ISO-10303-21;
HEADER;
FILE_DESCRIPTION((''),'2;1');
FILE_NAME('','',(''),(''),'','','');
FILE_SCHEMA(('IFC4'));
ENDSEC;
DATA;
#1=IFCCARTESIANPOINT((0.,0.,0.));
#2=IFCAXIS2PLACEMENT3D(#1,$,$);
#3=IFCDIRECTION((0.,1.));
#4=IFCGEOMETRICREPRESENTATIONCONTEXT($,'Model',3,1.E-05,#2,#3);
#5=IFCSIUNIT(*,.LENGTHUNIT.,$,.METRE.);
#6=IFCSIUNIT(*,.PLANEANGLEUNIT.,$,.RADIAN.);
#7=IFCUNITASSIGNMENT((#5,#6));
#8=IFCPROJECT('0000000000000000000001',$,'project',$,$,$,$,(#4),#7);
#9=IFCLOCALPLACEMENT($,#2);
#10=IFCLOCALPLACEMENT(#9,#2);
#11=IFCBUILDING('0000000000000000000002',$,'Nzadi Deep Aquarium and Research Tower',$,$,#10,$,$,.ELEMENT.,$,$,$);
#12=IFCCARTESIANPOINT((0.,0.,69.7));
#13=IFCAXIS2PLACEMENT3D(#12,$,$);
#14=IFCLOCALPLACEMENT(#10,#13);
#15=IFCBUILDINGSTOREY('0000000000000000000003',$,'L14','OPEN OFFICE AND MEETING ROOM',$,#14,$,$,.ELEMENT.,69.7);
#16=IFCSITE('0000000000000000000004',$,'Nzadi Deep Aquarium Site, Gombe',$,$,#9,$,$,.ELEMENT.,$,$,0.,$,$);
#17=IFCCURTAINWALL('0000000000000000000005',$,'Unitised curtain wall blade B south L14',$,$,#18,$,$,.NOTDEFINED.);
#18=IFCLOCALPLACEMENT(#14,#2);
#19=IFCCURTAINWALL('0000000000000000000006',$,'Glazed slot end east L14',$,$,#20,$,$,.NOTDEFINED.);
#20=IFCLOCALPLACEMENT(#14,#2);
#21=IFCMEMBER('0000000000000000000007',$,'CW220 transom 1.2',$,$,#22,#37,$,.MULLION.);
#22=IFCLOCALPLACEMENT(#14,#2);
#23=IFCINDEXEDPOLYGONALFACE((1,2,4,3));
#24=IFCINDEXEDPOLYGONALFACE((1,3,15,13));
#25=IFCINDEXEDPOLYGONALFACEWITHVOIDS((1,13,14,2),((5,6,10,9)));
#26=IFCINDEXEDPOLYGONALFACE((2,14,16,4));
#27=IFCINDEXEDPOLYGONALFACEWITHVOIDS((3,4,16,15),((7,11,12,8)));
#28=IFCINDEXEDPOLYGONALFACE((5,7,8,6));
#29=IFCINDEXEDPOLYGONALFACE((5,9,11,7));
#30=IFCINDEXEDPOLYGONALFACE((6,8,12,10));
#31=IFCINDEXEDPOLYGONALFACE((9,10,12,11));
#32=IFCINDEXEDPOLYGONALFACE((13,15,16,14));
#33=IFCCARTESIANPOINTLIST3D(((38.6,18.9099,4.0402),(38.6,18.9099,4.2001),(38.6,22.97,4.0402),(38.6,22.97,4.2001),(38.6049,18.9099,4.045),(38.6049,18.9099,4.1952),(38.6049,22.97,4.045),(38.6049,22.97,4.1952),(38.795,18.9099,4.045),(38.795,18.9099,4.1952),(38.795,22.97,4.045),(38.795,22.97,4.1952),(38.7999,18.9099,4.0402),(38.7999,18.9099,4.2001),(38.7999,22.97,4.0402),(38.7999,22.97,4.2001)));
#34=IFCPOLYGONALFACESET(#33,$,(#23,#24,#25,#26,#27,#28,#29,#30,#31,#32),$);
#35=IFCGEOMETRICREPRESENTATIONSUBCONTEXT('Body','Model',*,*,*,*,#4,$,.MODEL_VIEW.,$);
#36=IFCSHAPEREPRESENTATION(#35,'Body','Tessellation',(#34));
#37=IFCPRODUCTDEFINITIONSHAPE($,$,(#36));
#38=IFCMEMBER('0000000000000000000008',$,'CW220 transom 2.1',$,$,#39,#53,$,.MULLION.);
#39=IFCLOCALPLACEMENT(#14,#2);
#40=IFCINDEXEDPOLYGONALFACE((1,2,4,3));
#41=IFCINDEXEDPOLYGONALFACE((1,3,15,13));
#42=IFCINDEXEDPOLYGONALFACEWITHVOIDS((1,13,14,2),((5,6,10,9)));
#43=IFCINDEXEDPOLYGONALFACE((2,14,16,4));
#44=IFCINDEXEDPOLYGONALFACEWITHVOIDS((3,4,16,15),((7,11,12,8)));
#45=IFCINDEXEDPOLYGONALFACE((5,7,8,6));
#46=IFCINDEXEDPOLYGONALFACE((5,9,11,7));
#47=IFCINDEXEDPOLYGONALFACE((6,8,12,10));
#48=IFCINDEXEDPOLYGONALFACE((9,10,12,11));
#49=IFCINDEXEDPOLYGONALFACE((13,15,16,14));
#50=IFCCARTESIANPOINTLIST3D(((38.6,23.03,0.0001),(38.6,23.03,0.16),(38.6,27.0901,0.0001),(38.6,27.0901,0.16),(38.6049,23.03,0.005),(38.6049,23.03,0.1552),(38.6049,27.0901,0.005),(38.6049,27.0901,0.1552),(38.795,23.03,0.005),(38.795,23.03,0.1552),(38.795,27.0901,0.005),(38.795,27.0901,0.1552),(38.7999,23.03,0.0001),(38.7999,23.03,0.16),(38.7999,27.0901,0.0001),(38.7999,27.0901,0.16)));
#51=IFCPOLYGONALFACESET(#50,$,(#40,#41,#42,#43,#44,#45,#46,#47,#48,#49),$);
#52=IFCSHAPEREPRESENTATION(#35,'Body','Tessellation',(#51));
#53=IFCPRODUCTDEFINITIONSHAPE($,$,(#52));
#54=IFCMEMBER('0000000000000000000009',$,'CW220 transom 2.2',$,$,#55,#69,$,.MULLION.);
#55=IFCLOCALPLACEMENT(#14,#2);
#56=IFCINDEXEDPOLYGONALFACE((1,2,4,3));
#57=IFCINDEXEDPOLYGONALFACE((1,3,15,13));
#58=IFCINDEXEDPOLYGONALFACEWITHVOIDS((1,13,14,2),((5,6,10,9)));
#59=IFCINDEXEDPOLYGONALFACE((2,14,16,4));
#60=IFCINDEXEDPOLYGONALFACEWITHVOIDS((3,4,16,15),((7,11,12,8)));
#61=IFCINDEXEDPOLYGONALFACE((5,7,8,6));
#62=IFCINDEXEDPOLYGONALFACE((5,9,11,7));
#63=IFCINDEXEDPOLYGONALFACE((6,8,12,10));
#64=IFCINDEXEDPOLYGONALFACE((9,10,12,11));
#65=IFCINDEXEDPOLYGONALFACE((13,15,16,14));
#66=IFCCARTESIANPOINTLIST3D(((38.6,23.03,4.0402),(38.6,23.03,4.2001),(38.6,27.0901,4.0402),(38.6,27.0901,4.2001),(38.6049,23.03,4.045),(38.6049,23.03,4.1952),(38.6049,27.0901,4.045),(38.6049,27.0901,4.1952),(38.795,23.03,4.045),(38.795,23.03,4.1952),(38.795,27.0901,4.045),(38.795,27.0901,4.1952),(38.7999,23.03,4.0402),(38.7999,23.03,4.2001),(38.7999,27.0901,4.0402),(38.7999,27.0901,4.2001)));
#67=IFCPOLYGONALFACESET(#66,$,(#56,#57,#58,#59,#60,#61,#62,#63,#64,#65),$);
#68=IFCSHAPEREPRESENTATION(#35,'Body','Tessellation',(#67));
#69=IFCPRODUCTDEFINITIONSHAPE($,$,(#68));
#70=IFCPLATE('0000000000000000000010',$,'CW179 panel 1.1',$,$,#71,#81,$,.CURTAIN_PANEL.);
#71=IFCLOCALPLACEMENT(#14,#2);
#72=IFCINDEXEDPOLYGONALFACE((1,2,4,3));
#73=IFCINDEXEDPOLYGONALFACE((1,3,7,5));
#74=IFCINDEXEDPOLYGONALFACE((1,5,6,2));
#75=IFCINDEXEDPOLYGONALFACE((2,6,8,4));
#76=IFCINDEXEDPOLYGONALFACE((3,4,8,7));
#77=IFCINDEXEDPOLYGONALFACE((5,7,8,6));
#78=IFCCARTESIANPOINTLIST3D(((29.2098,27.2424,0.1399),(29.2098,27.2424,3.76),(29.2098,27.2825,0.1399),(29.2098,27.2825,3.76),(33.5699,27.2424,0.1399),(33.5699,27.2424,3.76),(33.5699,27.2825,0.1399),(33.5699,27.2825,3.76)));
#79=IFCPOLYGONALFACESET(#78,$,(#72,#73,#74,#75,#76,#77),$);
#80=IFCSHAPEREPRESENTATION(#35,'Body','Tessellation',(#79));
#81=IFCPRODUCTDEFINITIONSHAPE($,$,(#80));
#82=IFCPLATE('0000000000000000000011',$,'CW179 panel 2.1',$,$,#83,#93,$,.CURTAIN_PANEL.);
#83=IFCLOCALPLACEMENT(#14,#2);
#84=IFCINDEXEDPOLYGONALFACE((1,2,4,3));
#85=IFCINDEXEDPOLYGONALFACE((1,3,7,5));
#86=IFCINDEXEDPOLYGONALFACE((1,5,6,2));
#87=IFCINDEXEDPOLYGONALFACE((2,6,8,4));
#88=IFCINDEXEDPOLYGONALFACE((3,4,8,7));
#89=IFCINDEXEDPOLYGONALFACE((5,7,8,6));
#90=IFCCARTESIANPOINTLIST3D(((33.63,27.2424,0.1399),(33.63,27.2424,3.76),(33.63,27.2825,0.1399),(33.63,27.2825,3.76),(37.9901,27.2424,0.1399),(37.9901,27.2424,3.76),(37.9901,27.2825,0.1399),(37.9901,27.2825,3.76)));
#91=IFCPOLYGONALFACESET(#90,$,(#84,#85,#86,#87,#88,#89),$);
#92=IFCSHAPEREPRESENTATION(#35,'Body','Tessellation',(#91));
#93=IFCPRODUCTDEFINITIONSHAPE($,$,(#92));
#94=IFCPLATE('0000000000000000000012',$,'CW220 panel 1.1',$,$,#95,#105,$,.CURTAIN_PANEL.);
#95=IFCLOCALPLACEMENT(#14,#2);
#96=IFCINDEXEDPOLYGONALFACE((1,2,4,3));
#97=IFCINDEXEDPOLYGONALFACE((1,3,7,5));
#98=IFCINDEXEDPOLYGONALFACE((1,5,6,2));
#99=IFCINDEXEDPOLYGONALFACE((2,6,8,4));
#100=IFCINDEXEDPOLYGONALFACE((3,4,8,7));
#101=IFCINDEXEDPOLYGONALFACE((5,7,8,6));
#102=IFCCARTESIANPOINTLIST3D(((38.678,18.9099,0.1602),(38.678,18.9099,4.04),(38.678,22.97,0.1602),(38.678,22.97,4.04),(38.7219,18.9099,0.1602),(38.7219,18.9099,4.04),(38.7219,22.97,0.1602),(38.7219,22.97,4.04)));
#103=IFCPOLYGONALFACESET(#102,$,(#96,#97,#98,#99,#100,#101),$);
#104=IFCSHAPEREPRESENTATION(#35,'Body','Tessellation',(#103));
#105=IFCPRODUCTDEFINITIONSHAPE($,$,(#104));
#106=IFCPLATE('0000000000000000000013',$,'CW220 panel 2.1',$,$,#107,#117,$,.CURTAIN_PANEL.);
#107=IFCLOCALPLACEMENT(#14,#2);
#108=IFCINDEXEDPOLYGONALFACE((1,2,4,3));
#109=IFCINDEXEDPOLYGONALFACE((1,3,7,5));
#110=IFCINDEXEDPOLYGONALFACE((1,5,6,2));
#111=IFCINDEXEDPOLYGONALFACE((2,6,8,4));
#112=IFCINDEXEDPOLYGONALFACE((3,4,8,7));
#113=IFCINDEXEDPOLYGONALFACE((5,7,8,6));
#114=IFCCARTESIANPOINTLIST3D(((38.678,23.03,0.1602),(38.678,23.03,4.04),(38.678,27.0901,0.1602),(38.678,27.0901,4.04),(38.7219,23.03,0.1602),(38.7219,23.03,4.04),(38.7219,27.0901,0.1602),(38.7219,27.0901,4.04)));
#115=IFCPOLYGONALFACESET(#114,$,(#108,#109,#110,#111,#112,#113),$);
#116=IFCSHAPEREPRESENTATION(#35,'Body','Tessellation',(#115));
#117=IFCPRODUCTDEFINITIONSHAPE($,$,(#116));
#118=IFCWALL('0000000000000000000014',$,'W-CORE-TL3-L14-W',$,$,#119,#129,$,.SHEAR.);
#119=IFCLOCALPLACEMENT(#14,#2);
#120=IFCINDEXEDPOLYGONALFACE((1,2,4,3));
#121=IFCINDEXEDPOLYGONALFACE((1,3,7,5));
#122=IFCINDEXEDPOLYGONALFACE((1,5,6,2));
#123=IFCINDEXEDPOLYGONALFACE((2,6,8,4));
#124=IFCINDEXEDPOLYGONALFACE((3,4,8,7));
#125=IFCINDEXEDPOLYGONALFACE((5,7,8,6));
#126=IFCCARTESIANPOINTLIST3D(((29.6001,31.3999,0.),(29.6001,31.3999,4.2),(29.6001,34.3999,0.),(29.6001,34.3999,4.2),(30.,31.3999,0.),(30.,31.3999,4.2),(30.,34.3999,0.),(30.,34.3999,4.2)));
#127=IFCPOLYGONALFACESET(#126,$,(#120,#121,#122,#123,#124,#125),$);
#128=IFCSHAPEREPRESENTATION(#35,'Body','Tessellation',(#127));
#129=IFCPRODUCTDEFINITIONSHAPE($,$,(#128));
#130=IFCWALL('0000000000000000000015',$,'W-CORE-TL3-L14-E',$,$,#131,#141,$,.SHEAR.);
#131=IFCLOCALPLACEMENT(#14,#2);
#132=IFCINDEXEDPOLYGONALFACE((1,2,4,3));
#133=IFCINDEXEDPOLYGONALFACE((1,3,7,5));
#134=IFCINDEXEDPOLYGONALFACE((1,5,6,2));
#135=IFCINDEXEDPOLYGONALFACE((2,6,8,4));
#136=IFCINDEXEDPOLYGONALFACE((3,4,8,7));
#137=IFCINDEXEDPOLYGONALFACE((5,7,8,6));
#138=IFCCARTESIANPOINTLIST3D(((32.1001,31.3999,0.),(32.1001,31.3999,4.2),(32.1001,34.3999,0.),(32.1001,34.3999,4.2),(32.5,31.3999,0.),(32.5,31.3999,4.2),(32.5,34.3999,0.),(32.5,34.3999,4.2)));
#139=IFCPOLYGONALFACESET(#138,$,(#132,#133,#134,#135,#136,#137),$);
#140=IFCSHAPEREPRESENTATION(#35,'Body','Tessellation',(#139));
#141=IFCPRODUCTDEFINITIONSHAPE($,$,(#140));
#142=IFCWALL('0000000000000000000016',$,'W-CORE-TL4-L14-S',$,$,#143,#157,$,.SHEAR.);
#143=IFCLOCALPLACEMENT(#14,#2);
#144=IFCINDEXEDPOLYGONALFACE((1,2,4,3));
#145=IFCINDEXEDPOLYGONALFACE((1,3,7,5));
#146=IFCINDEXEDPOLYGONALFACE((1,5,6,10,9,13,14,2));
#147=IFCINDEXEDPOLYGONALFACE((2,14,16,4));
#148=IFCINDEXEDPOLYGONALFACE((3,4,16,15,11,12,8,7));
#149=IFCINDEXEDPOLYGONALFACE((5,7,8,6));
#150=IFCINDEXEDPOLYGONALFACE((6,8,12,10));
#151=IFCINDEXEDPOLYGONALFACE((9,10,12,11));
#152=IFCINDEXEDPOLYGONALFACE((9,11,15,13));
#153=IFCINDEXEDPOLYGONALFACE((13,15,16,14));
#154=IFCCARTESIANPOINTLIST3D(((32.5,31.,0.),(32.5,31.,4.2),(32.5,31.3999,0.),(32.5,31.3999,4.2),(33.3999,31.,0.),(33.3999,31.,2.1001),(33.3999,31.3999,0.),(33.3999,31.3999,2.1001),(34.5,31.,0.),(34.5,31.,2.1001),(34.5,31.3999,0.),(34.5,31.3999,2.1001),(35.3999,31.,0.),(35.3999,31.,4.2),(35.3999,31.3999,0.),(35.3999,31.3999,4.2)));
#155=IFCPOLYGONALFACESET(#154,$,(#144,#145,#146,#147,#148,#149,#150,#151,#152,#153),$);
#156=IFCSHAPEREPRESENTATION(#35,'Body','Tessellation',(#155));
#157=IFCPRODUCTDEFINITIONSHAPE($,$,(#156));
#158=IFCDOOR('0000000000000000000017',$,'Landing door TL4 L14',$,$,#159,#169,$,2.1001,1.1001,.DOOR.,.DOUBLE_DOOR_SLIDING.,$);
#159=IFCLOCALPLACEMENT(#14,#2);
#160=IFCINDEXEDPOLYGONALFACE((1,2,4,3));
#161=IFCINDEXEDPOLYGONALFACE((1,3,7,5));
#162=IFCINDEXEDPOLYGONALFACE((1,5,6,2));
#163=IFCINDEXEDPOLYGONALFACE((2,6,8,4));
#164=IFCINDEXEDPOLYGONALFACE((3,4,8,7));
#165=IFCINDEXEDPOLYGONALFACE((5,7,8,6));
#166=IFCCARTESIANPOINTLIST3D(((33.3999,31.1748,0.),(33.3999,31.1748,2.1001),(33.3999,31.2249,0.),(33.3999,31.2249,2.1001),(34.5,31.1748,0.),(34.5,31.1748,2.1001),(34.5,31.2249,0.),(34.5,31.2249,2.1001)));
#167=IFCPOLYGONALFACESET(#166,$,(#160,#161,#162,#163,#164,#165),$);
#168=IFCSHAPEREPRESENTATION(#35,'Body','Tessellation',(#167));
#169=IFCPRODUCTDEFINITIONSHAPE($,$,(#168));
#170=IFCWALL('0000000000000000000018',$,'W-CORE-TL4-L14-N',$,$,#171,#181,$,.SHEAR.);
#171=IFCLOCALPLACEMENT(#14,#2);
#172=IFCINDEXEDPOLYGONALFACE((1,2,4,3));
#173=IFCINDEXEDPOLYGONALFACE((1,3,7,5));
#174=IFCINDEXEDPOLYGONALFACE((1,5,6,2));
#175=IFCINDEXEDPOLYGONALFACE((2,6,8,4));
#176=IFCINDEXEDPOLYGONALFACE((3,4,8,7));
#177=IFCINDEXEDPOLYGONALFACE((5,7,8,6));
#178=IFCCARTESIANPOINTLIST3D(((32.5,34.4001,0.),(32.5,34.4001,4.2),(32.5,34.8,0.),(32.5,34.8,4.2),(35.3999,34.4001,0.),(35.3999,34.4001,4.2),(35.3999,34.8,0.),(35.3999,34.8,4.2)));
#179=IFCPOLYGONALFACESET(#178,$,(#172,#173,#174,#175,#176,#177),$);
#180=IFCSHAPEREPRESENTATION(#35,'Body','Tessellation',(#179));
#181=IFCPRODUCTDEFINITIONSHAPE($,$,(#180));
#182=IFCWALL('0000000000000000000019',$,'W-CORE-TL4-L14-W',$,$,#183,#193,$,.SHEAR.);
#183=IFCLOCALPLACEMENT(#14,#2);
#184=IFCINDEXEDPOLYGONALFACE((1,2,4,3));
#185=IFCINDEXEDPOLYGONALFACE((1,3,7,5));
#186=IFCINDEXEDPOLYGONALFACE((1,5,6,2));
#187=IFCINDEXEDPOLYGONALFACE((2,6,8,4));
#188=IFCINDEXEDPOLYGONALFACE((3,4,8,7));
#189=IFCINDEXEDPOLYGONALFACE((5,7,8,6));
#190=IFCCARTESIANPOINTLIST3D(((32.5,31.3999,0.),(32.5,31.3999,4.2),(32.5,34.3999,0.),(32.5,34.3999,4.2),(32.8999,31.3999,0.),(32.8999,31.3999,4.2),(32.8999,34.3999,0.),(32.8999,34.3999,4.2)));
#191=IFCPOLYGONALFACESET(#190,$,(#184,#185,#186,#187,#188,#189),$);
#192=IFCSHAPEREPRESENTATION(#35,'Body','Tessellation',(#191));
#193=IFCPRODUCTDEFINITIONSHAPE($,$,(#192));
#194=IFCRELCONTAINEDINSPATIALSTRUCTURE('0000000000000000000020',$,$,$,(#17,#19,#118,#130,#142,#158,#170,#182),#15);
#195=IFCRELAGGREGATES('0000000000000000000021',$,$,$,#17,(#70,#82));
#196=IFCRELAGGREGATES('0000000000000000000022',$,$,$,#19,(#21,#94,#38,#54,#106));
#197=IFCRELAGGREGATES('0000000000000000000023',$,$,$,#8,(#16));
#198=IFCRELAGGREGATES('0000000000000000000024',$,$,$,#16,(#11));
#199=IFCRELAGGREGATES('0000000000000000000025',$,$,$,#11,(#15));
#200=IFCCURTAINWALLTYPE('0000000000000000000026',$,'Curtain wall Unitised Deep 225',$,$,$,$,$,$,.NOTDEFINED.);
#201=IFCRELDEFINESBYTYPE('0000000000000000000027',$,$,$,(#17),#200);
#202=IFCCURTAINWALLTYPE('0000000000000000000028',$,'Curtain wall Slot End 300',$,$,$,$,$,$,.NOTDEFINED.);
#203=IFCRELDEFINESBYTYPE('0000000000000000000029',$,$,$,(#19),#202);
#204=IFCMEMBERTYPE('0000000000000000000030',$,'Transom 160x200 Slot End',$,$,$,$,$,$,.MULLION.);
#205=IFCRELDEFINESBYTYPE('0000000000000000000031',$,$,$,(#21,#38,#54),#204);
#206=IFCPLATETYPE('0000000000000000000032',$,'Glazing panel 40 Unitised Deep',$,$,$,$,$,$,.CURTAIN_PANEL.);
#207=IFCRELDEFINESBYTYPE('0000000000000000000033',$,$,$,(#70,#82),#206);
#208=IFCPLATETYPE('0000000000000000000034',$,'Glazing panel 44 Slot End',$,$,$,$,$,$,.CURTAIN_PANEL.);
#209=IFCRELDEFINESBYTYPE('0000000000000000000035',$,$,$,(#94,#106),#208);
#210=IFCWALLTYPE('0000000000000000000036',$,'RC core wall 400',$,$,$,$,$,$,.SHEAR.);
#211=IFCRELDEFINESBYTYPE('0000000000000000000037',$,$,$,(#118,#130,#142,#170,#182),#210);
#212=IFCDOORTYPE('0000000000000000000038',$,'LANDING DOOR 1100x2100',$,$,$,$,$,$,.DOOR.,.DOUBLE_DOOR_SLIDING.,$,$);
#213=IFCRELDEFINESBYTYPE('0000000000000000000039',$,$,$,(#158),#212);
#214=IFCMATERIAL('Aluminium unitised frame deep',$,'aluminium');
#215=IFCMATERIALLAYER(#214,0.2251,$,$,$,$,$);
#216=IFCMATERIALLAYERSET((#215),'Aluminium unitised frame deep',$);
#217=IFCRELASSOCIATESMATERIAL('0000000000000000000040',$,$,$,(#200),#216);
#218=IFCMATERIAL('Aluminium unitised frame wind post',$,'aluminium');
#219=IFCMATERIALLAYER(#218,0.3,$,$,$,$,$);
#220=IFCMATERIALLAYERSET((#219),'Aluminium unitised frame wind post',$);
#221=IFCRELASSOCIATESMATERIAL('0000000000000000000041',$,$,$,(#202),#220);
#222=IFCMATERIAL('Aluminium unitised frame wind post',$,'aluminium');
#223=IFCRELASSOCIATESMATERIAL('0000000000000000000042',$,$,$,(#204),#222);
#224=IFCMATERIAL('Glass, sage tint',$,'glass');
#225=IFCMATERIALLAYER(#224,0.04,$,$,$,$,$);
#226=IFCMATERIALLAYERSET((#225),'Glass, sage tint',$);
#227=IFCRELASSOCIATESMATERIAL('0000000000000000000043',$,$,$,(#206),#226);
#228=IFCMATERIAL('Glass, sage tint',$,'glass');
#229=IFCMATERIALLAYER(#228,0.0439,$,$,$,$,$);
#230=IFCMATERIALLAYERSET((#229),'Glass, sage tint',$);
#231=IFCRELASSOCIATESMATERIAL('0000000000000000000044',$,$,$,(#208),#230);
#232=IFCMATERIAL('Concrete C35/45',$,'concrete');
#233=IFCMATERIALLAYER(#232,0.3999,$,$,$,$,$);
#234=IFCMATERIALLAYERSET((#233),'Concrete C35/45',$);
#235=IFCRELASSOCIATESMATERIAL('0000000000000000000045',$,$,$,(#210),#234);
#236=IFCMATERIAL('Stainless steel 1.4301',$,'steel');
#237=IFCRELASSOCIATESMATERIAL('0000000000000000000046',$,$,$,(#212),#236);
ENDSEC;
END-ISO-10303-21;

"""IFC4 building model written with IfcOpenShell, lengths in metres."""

from ifc_helpers import new_model, si_unit, direction, frame, frame_2d, origin, origin_2d, place, context, subcontext, project, spatial, rectangle, hollow_rectangle, extrude, material, layer, layer_set, material_profile, profile_set, type_object, element, fill, aggregate, save


model = new_model("IFC4")

# Units and contexts
model_context = context("Model", 3, precision=1e-05, world=origin(), true_north=direction((0.0, 1.0)))
body_context = subcontext(model_context, "Body", "Model", "MODEL_VIEW")
ifc_project = project(units=[si_unit("LENGTHUNIT", "METRE"), si_unit("PLANEANGLEUNIT", "RADIAN")], contexts=[model_context])

# Site, building, storey
site_placement = place(None, origin())
site = spatial("IfcSite", under=ifc_project, at=site_placement, Name="Nzadi Deep Aquarium Site, Gombe", CompositionType="ELEMENT", RefElevation=0.0)
building_placement = place(site_placement, origin())
building = spatial("IfcBuilding", under=site, at=building_placement, Name="Nzadi Deep Aquarium and Research Tower", CompositionType="ELEMENT")
storey_placement = place(building_placement, frame((0.0, 0.0, 69.7)))
storey = spatial("IfcBuildingStorey", under=building, at=storey_placement, Name="L14", Description="OPEN OFFICE AND MEETING ROOM", CompositionType="ELEMENT", Elevation=69.7)

# Curtain walls
ifc_material_1 = material(Name="Aluminium unitised frame deep", Category="aluminium")
ifc_layer_1 = layer(ifc_material_1, 0.2251)
ifc_layer_set_1 = layer_set([ifc_layer_1], Name="Aluminium unitised frame deep")
curtain_wall_type_1 = type_object("IfcCurtainWallType", Name="Curtain wall Unitised Deep 225", PredefinedType="NOTDEFINED", material=ifc_layer_set_1)
curtain_wall_1_placement = place(storey_placement, origin())
curtain_wall_1 = element("IfcCurtainWall", 1, at=curtain_wall_1_placement, inside=storey, type_object=curtain_wall_type_1, Name="Unitised curtain wall blade B south L14", PredefinedType="NOTDEFINED")
ifc_material_2 = material(Name="Aluminium unitised frame wind post", Category="aluminium")
ifc_layer_2 = layer(ifc_material_2, 0.3)
ifc_layer_set_2 = layer_set([ifc_layer_2], Name="Aluminium unitised frame wind post")
curtain_wall_type_2 = type_object("IfcCurtainWallType", Name="Curtain wall Slot End 300", PredefinedType="NOTDEFINED", material=ifc_layer_set_2)
curtain_wall_2_placement = place(storey_placement, origin())
curtain_wall_2 = element("IfcCurtainWall", 2, at=curtain_wall_2_placement, inside=storey, type_object=curtain_wall_type_2, Name="Glazed slot end east L14", PredefinedType="NOTDEFINED")

# Members
ifc_material_3 = material(Name="Aluminium unitised frame wind post", Category="aluminium")
ifc_material_profile_1 = material_profile(ifc_material_3, hollow_rectangle(XDim=0.2, YDim=0.1599, WallThickness=0.0049, at=origin_2d()))
ifc_profile_set_1 = profile_set([ifc_material_profile_1], Name="Aluminium unitised frame wind post")
member_type_1 = type_object("IfcMemberType", Name="Transom 160x200 Slot End", PredefinedType="MULLION", material=ifc_profile_set_1)
member_1_placement = place(storey_placement, frame((38.7, 18.9099, 4.1201), z_axis=(0.0, 1.0, 0.0), x_axis=(-1.0, 0.0, 0.0)))
member_1 = element("IfcMember", 3, at=member_1_placement, type_object=member_type_1, Name="CW220 transom 1.2", PredefinedType="MULLION", context=body_context, shape_type="SweptSolid", body=[
    extrude(hollow_rectangle(XDim=0.2, YDim=0.1599, WallThickness=0.0049, at=origin_2d()), origin(), (0.0, 0.0, 1.0), 4.0601),
])
member_2_placement = place(storey_placement, frame((38.7, 23.03, 0.0801), z_axis=(0.0, 1.0, 0.0), x_axis=(-1.0, 0.0, 0.0)))
member_2 = element("IfcMember", 4, at=member_2_placement, type_object=member_type_1, Name="CW220 transom 2.1", PredefinedType="MULLION", context=body_context, shape_type="SweptSolid", body=[
    extrude(hollow_rectangle(XDim=0.2, YDim=0.1599, WallThickness=0.0049, at=origin_2d()), origin(), (0.0, 0.0, 1.0), 4.0601),
])
member_3_placement = place(storey_placement, frame((38.7, 23.03, 4.1201), z_axis=(0.0, 1.0, 0.0), x_axis=(-1.0, 0.0, 0.0)))
member_3 = element("IfcMember", 5, at=member_3_placement, type_object=member_type_1, Name="CW220 transom 2.2", PredefinedType="MULLION", context=body_context, shape_type="SweptSolid", body=[
    extrude(hollow_rectangle(XDim=0.2, YDim=0.1599, WallThickness=0.0049, at=origin_2d()), origin(), (0.0, 0.0, 1.0), 4.0601),
])

# Plates
ifc_material_4 = material(Name="Glass, sage tint", Category="glass")
ifc_layer_3 = layer(ifc_material_4, 0.04)
ifc_layer_set_3 = layer_set([ifc_layer_3], Name="Glass, sage tint")
plate_type_1 = type_object("IfcPlateType", Name="Glazing panel 40 Unitised Deep", PredefinedType="CURTAIN_PANEL", material=ifc_layer_set_3)
plate_1_placement = place(storey_placement, frame((31.3899, 27.2625, 0.1399), z_axis=(0.0, 0.0, 1.0), x_axis=(1.0, 0.0, 0.0)))
plate_1 = element("IfcPlate", 6, at=plate_1_placement, type_object=plate_type_1, Name="CW179 panel 1.1", PredefinedType="CURTAIN_PANEL", context=body_context, shape_type="SweptSolid", body=[
    extrude(rectangle(XDim=4.3601, YDim=0.04, at=origin_2d()), origin(), (0.0, 0.0, 1.0), 3.6201),
])
plate_2_placement = place(storey_placement, frame((35.8101, 27.2625, 0.1399), z_axis=(0.0, 0.0, 1.0), x_axis=(1.0, 0.0, 0.0)))
plate_2 = element("IfcPlate", 7, at=plate_2_placement, type_object=plate_type_1, Name="CW179 panel 2.1", PredefinedType="CURTAIN_PANEL", context=body_context, shape_type="SweptSolid", body=[
    extrude(rectangle(XDim=4.3601, YDim=0.04, at=origin_2d()), origin(), (0.0, 0.0, 1.0), 3.6201),
])
aggregate(curtain_wall_1, [plate_1, plate_2])
ifc_material_5 = material(Name="Glass, sage tint", Category="glass")
ifc_layer_4 = layer(ifc_material_5, 0.0439)
ifc_layer_set_4 = layer_set([ifc_layer_4], Name="Glass, sage tint")
plate_type_2 = type_object("IfcPlateType", Name="Glazing panel 44 Slot End", PredefinedType="CURTAIN_PANEL", material=ifc_layer_set_4)
plate_3_placement = place(storey_placement, frame((38.7, 20.9399, 0.1602), z_axis=(0.0, 0.0, 1.0), x_axis=(0.0, 1.0, 0.0)))
plate_3 = element("IfcPlate", 8, at=plate_3_placement, type_object=plate_type_2, Name="CW220 panel 1.1", PredefinedType="CURTAIN_PANEL", context=body_context, shape_type="SweptSolid", body=[
    extrude(rectangle(XDim=4.0601, YDim=0.0439, at=origin_2d()), origin(), (0.0, 0.0, 1.0), 3.8799),
])
plate_4_placement = place(storey_placement, frame((38.7, 25.0601, 0.1602), z_axis=(0.0, 0.0, 1.0), x_axis=(0.0, 1.0, 0.0)))
plate_4 = element("IfcPlate", 9, at=plate_4_placement, type_object=plate_type_2, Name="CW220 panel 2.1", PredefinedType="CURTAIN_PANEL", context=body_context, shape_type="SweptSolid", body=[
    extrude(rectangle(XDim=4.0601, YDim=0.0439, at=origin_2d()), origin(), (0.0, 0.0, 1.0), 3.8799),
])
aggregate(curtain_wall_2, [member_1, plate_3, member_2, member_3, plate_4])

# Walls
ifc_material_6 = material(Name="Concrete C35/45", Category="concrete")
ifc_layer_5 = layer(ifc_material_6, 0.3999)
ifc_layer_set_5 = layer_set([ifc_layer_5], Name="Concrete C35/45")
wall_type_1 = type_object("IfcWallType", Name="RC core wall 400", PredefinedType="SHEAR", material=ifc_layer_set_5)
for number, where, z_axis, x_axis, name in (
    (10, (29.8, 31.3999, 0.0), (0.0, 0.0, 1.0), (0.0, 1.0, 0.0), "W-CORE-TL3-L14-W"),
    (11, (32.3, 31.3999, 0.0), (0.0, 0.0, 1.0), (0.0, 1.0, 0.0), "W-CORE-TL3-L14-E"),
):
    element("IfcWall", number, at=place(storey_placement, frame(where, z_axis=z_axis, x_axis=x_axis)), inside=storey, type_object=wall_type_1, Name=name, PredefinedType="SHEAR", context=body_context, shape_type="SweptSolid", body=[
        extrude(rectangle(XDim=3.0, YDim=0.3999, at=frame_2d((1.5, 0.0))), origin(), (0.0, 0.0, 1.0), 4.2),
    ])

# Wall, opening, door
wall_1_placement = place(storey_placement, frame((32.5, 31.2, 0.0), z_axis=(0.0, 0.0, 1.0), x_axis=(1.0, 0.0, 0.0)))
wall_1 = element("IfcWall", 12, at=wall_1_placement, inside=storey, type_object=wall_type_1, Name="W-CORE-TL4-L14-S", PredefinedType="SHEAR", context=body_context, shape_type="SweptSolid", body=[
    extrude(rectangle(XDim=2.8999, YDim=0.3999, at=frame_2d((1.45, 0.0))), origin(), (0.0, 0.0, 1.0), 4.2),
])
opening_1_placement = place(wall_1_placement, frame((0.8999, 0.0, 0.0)))
opening_1 = element("IfcOpeningElement", 13, at=opening_1_placement, cuts=wall_1, PredefinedType="OPENING", context=body_context, shape_type="SweptSolid", body=[
    extrude(rectangle(XDim=1.1001, YDim=2.1001, at=frame_2d((0.55, 1.05))), frame((0.0, 0.21, 0.0), z_axis=(0.0, -1.0, 0.0), x_axis=(1.0, 0.0, 0.0)), (0.0, 0.0, 1.0), 0.4199),
])
ifc_material_7 = material(Name="Stainless steel 1.4301", Category="steel")
door_type_1 = type_object("IfcDoorType", Name="LANDING DOOR 1100x2100", OperationType="DOUBLE_DOOR_SLIDING", PredefinedType="DOOR", material=ifc_material_7)
door_1_placement = place(opening_1_placement, origin())
door_1 = element("IfcDoor", 14, at=door_1_placement, inside=storey, type_object=door_type_1, Name="Landing door TL4 L14", OperationType="DOUBLE_DOOR_SLIDING", OverallHeight=2.1001, OverallWidth=1.1001, PredefinedType="DOOR", context=body_context, shape_type="SweptSolid", body=[
    extrude(rectangle(XDim=1.1001, YDim=2.1001, at=frame_2d((0.55, 1.05))), frame((0.0, 0.0249, 0.0), z_axis=(0.0, -1.0, 0.0), x_axis=(1.0, 0.0, 0.0)), (0.0, 0.0, 1.0), 0.05),
])
fill(opening_1, door_1)

# Walls
wall_2_placement = place(storey_placement, frame((32.5, 34.6001, 0.0), z_axis=(0.0, 0.0, 1.0), x_axis=(1.0, 0.0, 0.0)))
element("IfcWall", 15, at=wall_2_placement, inside=storey, type_object=wall_type_1, Name="W-CORE-TL4-L14-N", PredefinedType="SHEAR", context=body_context, shape_type="SweptSolid", body=[
    extrude(rectangle(XDim=2.8999, YDim=0.3999, at=frame_2d((1.45, 0.0))), origin(), (0.0, 0.0, 1.0), 4.2),
])
for number, where, z_axis, x_axis, name in (
    (16, (32.7, 31.3999, 0.0), (0.0, 0.0, 1.0), (0.0, 1.0, 0.0), "W-CORE-TL4-L14-W"),
):
    element("IfcWall", number, at=place(storey_placement, frame(where, z_axis=z_axis, x_axis=x_axis)), inside=storey, type_object=wall_type_1, Name=name, PredefinedType="SHEAR", context=body_context, shape_type="SweptSolid", body=[
        extrude(rectangle(XDim=3.0, YDim=0.3999, at=frame_2d((1.5, 0.0))), origin(), (0.0, 0.0, 1.0), 4.2),
    ])

save(model, "model.ifc")
